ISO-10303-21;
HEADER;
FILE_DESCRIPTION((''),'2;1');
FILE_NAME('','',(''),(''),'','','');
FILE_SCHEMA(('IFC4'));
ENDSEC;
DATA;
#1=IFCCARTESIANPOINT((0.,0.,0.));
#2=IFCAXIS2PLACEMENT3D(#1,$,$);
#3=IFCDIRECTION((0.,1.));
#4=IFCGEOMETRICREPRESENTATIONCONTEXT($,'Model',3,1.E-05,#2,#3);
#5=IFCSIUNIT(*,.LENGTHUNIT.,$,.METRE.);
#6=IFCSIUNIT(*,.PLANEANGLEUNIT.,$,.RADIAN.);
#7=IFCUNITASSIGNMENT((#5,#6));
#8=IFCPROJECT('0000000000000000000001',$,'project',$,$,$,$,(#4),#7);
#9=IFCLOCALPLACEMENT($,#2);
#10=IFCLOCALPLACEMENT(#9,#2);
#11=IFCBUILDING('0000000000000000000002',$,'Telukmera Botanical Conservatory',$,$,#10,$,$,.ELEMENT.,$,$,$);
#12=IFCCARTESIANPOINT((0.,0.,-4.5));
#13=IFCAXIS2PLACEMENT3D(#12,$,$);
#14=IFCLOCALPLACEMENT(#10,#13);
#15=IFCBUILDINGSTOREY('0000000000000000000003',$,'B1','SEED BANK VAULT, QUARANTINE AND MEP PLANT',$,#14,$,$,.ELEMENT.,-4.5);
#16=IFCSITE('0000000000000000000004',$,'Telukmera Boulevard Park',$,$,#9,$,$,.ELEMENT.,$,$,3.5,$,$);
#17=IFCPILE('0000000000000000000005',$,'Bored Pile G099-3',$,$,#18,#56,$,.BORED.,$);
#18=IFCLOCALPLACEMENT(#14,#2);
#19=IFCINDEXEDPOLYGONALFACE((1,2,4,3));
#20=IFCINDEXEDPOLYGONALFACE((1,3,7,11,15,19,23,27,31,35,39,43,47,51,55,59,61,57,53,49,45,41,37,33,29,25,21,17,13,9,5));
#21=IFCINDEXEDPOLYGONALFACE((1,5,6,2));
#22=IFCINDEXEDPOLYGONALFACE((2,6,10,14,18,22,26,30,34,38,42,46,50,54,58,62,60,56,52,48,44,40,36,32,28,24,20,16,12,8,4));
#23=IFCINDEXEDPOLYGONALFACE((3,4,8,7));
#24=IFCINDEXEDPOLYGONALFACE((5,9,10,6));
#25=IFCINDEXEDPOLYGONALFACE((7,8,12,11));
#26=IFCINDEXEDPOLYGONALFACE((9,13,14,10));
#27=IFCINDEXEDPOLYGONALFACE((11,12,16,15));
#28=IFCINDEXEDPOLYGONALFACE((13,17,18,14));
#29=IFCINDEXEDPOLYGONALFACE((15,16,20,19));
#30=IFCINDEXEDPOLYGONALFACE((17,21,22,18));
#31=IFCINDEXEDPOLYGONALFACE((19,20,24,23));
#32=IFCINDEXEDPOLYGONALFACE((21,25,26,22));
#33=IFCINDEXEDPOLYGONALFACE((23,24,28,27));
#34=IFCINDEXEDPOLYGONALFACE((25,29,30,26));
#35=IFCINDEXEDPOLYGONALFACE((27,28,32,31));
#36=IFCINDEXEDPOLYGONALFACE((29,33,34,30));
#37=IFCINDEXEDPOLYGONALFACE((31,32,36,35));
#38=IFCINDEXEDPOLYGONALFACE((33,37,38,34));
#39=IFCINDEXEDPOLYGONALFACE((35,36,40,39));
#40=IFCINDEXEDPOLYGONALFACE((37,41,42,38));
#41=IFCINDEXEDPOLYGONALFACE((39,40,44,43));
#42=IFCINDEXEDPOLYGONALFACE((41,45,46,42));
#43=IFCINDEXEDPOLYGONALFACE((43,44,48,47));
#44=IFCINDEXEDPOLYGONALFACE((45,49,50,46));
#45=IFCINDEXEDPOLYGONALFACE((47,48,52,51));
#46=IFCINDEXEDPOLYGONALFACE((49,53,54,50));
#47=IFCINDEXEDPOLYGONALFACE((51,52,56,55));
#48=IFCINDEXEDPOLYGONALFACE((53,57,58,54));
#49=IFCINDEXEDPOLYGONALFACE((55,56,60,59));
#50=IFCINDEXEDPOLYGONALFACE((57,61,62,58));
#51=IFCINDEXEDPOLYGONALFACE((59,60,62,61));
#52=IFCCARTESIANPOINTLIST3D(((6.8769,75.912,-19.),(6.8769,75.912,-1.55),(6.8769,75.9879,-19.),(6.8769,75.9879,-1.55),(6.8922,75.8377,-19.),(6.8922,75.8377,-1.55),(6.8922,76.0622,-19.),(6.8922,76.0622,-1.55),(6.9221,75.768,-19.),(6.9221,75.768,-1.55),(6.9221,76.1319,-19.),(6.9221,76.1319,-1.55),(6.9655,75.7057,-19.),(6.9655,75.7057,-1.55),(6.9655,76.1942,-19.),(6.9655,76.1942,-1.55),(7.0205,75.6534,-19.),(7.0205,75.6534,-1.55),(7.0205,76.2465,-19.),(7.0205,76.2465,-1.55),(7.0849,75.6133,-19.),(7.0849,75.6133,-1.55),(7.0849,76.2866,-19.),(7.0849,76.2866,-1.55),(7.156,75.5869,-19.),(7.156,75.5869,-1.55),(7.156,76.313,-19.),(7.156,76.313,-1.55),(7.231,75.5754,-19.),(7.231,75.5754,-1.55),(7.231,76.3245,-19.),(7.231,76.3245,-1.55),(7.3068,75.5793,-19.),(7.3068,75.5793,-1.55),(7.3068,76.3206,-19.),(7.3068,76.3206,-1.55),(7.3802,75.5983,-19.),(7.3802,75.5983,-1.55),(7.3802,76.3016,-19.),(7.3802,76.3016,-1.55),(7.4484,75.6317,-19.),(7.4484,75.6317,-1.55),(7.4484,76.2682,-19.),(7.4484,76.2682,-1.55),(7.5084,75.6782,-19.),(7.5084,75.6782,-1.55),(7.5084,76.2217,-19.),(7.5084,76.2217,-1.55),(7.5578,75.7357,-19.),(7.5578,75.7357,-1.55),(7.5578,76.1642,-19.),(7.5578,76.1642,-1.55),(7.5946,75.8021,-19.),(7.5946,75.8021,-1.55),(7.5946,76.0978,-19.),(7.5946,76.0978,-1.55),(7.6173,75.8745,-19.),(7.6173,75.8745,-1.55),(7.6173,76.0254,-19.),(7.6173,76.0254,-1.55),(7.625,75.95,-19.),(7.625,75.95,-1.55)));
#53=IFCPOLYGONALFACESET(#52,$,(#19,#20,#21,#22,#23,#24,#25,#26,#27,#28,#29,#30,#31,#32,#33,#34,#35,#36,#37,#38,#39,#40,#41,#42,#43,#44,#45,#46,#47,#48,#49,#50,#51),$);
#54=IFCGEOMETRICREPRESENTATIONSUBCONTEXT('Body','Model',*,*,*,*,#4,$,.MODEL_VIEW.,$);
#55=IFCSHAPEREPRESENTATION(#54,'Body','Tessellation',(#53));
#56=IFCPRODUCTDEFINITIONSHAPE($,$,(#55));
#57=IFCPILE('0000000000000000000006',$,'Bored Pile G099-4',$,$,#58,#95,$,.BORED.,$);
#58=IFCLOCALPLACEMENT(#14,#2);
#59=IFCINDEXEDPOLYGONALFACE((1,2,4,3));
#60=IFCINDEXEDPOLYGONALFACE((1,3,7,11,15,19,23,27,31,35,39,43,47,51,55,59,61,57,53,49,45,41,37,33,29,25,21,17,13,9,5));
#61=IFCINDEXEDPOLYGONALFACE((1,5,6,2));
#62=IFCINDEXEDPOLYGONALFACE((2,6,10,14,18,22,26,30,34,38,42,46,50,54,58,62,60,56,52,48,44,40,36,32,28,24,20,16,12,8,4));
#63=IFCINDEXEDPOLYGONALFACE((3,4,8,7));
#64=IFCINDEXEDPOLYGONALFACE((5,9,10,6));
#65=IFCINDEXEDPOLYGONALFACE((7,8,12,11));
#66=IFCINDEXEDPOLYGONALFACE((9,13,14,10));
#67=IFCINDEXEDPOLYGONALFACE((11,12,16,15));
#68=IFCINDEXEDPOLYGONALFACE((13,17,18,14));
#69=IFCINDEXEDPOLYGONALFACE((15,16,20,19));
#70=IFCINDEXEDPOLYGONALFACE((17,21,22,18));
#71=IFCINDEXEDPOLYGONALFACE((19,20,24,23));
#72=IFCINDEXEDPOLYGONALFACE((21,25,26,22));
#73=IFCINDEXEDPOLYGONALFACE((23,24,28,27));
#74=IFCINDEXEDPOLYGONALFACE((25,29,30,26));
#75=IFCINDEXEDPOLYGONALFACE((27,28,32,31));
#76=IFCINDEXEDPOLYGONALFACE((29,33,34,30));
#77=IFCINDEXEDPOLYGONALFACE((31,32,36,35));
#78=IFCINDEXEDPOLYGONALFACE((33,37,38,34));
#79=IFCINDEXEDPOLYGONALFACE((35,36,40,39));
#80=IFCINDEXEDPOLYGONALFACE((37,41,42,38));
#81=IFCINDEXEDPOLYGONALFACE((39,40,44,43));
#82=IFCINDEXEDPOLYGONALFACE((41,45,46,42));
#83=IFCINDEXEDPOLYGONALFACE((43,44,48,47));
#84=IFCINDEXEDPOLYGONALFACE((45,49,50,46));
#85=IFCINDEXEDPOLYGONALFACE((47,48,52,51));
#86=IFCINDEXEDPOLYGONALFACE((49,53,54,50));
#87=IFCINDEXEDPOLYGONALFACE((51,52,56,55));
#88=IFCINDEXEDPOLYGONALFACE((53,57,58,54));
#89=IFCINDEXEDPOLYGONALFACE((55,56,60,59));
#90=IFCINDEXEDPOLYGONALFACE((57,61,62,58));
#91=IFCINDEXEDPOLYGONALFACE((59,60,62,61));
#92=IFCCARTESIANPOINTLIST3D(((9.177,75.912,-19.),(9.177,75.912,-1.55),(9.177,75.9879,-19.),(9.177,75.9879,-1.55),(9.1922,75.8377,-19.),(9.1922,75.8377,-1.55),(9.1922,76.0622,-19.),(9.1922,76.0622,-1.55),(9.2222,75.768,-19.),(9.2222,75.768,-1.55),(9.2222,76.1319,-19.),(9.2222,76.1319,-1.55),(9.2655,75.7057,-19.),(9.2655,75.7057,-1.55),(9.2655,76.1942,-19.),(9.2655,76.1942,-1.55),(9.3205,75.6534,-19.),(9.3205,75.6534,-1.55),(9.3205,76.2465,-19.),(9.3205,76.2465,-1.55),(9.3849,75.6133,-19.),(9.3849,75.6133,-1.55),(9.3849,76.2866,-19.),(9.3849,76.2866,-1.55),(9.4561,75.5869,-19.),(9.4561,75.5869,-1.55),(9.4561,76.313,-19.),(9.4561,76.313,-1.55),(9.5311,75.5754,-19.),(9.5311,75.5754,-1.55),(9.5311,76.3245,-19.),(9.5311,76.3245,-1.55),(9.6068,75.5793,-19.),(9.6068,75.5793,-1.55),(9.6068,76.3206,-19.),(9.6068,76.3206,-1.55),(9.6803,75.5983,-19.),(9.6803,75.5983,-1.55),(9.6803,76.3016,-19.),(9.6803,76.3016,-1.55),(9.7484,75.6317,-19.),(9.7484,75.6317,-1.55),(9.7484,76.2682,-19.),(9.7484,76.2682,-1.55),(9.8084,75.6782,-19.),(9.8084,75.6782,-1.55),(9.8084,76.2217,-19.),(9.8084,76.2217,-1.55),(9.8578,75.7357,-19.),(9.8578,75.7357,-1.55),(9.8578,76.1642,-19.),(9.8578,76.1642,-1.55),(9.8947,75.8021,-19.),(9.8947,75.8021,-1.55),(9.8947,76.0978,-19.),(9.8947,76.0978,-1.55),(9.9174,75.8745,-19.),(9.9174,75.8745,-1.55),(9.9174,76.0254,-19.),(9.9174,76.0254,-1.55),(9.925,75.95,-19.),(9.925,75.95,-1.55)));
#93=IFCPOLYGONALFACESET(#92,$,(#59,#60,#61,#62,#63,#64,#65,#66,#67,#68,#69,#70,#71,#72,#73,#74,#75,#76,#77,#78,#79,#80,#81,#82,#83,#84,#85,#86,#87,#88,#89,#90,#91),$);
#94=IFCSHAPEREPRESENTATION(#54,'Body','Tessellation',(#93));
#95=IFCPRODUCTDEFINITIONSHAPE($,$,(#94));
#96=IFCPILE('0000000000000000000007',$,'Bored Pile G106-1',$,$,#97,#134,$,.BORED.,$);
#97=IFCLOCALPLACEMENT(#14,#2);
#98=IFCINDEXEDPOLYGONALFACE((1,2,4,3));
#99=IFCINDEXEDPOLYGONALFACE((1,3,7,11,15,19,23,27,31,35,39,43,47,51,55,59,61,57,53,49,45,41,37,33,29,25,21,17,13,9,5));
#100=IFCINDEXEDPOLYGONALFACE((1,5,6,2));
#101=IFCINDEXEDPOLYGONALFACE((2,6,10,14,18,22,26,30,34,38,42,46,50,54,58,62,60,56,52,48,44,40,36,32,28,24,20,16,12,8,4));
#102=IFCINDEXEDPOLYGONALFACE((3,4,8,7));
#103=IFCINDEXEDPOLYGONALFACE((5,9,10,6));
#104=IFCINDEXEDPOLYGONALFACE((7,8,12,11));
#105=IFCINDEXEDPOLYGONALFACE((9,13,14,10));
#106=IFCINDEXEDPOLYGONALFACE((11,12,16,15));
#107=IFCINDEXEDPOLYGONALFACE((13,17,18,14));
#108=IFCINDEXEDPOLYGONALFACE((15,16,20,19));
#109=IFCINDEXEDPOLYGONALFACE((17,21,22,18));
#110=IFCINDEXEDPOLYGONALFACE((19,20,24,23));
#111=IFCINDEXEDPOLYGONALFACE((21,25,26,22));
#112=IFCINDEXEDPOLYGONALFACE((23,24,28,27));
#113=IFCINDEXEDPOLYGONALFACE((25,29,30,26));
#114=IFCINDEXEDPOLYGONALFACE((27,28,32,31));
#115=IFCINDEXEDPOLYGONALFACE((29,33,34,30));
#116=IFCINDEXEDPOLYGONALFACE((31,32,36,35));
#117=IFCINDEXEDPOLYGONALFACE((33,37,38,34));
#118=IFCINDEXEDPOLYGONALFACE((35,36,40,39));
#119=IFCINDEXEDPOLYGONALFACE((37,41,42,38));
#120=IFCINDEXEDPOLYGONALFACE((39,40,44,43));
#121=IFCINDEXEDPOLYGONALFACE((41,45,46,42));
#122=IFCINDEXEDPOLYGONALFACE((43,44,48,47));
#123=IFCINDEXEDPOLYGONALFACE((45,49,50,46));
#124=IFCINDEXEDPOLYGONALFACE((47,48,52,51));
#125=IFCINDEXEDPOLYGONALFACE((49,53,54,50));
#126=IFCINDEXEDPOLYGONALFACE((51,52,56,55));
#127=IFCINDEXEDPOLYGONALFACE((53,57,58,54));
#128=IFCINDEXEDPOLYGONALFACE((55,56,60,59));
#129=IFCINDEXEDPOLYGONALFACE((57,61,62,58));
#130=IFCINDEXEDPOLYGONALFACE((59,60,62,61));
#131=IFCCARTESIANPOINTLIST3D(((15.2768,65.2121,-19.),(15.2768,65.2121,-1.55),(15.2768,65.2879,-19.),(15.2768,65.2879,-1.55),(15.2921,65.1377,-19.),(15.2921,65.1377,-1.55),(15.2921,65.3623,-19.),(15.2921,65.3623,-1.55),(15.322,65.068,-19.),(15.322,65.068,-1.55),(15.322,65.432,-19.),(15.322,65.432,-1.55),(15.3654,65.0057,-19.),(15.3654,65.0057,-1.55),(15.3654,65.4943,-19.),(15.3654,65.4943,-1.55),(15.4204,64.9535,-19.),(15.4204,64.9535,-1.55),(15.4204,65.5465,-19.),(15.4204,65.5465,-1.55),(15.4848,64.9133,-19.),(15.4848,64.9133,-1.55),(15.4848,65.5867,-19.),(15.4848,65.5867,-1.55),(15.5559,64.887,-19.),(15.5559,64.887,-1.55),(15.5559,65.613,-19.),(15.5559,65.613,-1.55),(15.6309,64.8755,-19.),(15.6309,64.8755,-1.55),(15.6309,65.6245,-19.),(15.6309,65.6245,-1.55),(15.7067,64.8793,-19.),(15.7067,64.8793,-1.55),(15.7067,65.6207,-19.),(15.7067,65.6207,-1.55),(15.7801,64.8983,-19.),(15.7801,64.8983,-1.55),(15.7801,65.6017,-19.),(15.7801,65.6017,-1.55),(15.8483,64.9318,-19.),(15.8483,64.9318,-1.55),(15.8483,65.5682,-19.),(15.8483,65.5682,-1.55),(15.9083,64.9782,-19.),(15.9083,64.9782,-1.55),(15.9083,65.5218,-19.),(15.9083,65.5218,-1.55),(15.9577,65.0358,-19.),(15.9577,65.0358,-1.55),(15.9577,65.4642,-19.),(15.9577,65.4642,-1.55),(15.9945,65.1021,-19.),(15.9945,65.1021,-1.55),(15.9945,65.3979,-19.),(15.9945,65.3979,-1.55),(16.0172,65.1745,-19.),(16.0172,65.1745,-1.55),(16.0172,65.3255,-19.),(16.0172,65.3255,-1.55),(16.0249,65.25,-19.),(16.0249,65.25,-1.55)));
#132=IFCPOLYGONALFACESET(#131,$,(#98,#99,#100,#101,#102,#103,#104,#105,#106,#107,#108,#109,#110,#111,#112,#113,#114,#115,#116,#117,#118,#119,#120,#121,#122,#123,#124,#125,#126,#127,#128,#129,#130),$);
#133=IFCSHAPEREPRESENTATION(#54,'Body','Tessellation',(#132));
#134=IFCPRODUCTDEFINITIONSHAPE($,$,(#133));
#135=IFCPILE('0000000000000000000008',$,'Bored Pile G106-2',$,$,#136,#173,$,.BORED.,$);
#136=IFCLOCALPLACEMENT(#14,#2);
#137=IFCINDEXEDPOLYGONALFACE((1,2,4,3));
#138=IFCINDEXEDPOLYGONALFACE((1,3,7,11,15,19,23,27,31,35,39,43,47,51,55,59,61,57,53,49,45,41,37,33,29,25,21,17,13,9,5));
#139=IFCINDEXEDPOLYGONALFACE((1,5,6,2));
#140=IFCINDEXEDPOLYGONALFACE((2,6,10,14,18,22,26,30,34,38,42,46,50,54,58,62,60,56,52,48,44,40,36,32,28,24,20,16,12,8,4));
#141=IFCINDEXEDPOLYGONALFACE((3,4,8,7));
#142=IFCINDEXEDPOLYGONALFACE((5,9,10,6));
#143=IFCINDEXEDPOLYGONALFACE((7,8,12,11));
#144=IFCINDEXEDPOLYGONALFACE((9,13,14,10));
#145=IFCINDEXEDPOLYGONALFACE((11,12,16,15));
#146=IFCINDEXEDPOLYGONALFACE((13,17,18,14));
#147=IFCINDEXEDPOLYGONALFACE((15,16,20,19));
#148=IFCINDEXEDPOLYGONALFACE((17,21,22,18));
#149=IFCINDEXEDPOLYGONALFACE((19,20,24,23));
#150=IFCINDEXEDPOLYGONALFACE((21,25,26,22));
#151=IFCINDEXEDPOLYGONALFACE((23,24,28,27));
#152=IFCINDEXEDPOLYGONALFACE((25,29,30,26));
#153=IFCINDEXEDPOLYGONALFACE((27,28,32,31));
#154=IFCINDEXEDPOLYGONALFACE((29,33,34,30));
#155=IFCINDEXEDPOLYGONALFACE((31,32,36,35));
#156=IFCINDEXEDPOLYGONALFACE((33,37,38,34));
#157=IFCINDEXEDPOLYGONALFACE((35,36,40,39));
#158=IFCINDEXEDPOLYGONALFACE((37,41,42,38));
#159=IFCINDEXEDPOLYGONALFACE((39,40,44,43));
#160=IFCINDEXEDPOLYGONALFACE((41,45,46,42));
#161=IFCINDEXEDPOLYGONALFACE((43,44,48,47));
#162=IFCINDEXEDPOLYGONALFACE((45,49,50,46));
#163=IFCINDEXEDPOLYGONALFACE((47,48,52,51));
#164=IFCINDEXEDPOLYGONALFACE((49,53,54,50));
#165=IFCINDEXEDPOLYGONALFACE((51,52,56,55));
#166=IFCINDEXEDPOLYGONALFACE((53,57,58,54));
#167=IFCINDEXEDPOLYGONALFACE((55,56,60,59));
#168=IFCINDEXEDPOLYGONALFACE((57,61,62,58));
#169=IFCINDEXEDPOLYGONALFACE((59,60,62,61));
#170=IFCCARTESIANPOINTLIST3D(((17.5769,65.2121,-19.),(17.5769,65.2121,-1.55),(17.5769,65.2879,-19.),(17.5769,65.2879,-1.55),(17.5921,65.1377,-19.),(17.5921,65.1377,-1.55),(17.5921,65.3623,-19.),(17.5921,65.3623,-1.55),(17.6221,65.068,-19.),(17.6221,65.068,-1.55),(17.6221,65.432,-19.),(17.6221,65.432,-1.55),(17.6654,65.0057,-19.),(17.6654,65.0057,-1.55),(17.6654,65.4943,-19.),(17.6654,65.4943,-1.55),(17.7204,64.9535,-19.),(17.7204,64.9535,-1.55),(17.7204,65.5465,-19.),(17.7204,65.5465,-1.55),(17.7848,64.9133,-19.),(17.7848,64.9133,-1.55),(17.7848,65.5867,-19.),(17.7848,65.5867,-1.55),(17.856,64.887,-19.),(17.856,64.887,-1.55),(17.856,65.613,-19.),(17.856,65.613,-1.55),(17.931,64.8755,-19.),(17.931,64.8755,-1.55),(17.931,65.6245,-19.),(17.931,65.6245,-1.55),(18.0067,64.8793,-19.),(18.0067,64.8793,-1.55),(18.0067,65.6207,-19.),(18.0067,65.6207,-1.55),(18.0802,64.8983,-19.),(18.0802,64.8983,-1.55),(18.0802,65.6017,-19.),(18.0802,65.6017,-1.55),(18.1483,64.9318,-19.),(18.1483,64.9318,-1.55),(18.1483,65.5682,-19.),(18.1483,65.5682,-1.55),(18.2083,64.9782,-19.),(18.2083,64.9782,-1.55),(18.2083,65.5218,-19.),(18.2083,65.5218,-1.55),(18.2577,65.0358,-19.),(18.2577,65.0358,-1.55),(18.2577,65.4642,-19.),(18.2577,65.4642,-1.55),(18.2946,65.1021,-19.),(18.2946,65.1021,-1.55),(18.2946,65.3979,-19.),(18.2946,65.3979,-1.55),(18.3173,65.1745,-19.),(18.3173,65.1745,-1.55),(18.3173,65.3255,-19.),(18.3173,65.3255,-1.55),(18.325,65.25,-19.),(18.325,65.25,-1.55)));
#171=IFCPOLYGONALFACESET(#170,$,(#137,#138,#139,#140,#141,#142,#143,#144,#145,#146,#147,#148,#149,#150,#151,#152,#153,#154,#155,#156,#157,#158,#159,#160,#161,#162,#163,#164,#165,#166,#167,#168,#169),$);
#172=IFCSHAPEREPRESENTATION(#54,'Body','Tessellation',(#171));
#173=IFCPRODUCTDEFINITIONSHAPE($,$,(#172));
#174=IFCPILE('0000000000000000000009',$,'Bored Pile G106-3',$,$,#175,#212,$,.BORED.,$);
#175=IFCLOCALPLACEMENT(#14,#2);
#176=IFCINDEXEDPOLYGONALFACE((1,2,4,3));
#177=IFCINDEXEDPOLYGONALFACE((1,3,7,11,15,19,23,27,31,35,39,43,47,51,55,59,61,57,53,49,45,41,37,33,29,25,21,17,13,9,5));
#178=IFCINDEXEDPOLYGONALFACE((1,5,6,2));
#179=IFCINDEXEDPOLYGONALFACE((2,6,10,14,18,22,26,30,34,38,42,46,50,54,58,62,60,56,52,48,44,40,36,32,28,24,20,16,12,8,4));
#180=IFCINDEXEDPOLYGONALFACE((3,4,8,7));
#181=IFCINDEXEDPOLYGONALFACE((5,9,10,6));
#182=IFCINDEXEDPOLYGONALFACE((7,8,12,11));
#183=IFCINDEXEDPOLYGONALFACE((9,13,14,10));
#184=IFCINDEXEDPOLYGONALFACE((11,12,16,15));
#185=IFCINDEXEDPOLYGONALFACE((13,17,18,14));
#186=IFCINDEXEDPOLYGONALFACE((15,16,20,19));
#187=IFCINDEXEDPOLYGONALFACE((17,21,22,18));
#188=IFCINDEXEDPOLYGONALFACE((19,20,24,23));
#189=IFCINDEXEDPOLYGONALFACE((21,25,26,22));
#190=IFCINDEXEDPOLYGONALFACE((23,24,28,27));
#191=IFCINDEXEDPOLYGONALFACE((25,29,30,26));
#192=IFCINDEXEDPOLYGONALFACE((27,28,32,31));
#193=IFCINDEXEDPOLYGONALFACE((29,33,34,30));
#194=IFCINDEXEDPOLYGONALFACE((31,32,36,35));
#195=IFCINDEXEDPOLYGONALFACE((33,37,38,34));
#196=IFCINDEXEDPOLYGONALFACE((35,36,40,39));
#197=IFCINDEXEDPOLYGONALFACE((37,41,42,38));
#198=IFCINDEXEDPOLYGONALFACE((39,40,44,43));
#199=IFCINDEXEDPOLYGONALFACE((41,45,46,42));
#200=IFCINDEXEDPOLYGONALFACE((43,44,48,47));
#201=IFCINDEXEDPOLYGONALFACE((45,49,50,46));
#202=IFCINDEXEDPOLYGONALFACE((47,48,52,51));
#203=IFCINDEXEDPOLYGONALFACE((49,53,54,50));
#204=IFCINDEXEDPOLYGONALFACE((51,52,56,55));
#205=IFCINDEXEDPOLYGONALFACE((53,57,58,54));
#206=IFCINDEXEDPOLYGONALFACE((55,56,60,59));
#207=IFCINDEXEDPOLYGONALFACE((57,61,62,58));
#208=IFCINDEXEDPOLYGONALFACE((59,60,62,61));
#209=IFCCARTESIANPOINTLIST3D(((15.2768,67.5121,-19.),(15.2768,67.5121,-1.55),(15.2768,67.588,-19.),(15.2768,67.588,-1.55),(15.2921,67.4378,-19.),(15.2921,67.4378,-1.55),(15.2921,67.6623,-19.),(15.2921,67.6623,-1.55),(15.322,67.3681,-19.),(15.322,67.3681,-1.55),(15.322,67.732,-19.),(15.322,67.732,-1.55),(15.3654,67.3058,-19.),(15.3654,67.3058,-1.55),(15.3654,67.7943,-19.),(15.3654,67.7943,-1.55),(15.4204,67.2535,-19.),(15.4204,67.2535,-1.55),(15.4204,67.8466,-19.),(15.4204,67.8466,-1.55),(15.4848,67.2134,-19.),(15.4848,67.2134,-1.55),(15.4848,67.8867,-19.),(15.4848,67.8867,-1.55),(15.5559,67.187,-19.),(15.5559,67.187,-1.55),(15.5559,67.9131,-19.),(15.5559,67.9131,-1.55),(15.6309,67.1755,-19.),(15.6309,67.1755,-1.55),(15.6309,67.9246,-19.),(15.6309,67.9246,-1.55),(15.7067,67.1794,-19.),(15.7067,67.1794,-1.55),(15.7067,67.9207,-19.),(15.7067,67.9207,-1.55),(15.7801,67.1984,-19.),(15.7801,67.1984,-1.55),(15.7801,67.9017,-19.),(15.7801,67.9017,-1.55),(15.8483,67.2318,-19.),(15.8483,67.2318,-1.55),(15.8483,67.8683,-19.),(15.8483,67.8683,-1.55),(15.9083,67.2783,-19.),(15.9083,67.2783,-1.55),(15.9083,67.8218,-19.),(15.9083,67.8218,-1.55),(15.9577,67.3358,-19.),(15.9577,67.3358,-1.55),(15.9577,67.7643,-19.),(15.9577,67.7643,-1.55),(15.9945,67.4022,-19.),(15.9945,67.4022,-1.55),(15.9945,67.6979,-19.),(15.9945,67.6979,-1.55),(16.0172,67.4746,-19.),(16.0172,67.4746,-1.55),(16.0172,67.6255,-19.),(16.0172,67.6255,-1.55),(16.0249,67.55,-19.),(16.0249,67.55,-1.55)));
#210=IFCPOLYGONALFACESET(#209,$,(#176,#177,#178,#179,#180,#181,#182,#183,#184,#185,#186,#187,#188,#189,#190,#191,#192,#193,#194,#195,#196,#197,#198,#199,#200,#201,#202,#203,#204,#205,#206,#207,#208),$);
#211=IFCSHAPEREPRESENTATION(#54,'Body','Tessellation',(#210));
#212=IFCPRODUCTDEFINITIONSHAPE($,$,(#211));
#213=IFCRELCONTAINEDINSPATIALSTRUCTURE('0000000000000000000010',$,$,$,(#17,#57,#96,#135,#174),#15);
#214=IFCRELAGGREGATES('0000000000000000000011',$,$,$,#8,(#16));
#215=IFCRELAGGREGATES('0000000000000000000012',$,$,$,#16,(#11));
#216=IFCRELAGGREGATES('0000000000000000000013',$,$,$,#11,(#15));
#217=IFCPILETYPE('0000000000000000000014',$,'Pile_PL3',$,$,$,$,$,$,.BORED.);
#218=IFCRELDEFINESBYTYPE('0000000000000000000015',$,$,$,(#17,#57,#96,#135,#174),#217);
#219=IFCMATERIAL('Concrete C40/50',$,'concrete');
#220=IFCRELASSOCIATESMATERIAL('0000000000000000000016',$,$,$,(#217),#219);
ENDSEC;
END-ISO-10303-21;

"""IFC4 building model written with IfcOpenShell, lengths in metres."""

from ifc_helpers import new_model, si_unit, direction, frame, origin, origin_2d, place, context, subcontext, project, spatial, circle, extrude, material, material_profile, profile_set, type_object, element, save


model = new_model("IFC4")

# Units and contexts
model_context = context("Model", 3, precision=1e-05, world=origin(), true_north=direction((0.0, 1.0)))
body_context = subcontext(model_context, "Body", "Model", "MODEL_VIEW")
ifc_project = project(units=[si_unit("LENGTHUNIT", "METRE"), si_unit("PLANEANGLEUNIT", "RADIAN")], contexts=[model_context])

# Site, building, storey
site_placement = place(None, origin())
site = spatial("IfcSite", under=ifc_project, at=site_placement, Name="Telukmera Boulevard Park", CompositionType="ELEMENT", RefElevation=3.5)
building_placement = place(site_placement, origin())
building = spatial("IfcBuilding", under=site, at=building_placement, Name="Telukmera Botanical Conservatory", CompositionType="ELEMENT")
storey_placement = place(building_placement, frame((0.0, 0.0, -4.5)))
storey = spatial("IfcBuildingStorey", under=building, at=storey_placement, Name="B1", Description="SEED BANK VAULT, QUARANTINE AND MEP PLANT", CompositionType="ELEMENT", Elevation=-4.5)

# Shared definitions
ifc_material_1 = material(Name="Concrete C40/50", Category="concrete")

# Piles
ifc_material_profile_1 = material_profile(ifc_material_1, circle(Radius=0.375, at=origin_2d()), Name="PILE D750")
ifc_profile_set_1 = profile_set([ifc_material_profile_1], Name="Concrete C40/50")
pile_type = type_object("IfcPileType", Name="Pile_PL3", PredefinedType="BORED", material=ifc_profile_set_1)
for number, where, z_axis, x_axis, name in (
    (1, (7.25, 75.95, -1.55), (0.0, 0.0, -1.0), (1.0, 0.0, 0.0), "Bored Pile G099-3"),
    (2, (9.55, 75.95, -1.55), (0.0, 0.0, -1.0), (1.0, 0.0, 0.0), "Bored Pile G099-4"),
    (3, (15.6499, 65.25, -1.55), (0.0, 0.0, -1.0), (1.0, 0.0, 0.0), "Bored Pile G106-1"),
    (4, (17.95, 65.25, -1.55), (0.0, 0.0, -1.0), (1.0, 0.0, 0.0), "Bored Pile G106-2"),
    (5, (15.6499, 67.55, -1.55), (0.0, 0.0, -1.0), (1.0, 0.0, 0.0), "Bored Pile G106-3"),
):
    element("IfcPile", number, at=place(storey_placement, frame(where, z_axis=z_axis, x_axis=x_axis)), inside=storey, type_object=pile_type, Name=name, PredefinedType="BORED", context=body_context, shape_type="SweptSolid", body=[
        extrude(circle(Radius=0.375, at=origin_2d()), origin(), (0.0, 0.0, 1.0), 17.45),
    ])

save(model, "model.ifc")
